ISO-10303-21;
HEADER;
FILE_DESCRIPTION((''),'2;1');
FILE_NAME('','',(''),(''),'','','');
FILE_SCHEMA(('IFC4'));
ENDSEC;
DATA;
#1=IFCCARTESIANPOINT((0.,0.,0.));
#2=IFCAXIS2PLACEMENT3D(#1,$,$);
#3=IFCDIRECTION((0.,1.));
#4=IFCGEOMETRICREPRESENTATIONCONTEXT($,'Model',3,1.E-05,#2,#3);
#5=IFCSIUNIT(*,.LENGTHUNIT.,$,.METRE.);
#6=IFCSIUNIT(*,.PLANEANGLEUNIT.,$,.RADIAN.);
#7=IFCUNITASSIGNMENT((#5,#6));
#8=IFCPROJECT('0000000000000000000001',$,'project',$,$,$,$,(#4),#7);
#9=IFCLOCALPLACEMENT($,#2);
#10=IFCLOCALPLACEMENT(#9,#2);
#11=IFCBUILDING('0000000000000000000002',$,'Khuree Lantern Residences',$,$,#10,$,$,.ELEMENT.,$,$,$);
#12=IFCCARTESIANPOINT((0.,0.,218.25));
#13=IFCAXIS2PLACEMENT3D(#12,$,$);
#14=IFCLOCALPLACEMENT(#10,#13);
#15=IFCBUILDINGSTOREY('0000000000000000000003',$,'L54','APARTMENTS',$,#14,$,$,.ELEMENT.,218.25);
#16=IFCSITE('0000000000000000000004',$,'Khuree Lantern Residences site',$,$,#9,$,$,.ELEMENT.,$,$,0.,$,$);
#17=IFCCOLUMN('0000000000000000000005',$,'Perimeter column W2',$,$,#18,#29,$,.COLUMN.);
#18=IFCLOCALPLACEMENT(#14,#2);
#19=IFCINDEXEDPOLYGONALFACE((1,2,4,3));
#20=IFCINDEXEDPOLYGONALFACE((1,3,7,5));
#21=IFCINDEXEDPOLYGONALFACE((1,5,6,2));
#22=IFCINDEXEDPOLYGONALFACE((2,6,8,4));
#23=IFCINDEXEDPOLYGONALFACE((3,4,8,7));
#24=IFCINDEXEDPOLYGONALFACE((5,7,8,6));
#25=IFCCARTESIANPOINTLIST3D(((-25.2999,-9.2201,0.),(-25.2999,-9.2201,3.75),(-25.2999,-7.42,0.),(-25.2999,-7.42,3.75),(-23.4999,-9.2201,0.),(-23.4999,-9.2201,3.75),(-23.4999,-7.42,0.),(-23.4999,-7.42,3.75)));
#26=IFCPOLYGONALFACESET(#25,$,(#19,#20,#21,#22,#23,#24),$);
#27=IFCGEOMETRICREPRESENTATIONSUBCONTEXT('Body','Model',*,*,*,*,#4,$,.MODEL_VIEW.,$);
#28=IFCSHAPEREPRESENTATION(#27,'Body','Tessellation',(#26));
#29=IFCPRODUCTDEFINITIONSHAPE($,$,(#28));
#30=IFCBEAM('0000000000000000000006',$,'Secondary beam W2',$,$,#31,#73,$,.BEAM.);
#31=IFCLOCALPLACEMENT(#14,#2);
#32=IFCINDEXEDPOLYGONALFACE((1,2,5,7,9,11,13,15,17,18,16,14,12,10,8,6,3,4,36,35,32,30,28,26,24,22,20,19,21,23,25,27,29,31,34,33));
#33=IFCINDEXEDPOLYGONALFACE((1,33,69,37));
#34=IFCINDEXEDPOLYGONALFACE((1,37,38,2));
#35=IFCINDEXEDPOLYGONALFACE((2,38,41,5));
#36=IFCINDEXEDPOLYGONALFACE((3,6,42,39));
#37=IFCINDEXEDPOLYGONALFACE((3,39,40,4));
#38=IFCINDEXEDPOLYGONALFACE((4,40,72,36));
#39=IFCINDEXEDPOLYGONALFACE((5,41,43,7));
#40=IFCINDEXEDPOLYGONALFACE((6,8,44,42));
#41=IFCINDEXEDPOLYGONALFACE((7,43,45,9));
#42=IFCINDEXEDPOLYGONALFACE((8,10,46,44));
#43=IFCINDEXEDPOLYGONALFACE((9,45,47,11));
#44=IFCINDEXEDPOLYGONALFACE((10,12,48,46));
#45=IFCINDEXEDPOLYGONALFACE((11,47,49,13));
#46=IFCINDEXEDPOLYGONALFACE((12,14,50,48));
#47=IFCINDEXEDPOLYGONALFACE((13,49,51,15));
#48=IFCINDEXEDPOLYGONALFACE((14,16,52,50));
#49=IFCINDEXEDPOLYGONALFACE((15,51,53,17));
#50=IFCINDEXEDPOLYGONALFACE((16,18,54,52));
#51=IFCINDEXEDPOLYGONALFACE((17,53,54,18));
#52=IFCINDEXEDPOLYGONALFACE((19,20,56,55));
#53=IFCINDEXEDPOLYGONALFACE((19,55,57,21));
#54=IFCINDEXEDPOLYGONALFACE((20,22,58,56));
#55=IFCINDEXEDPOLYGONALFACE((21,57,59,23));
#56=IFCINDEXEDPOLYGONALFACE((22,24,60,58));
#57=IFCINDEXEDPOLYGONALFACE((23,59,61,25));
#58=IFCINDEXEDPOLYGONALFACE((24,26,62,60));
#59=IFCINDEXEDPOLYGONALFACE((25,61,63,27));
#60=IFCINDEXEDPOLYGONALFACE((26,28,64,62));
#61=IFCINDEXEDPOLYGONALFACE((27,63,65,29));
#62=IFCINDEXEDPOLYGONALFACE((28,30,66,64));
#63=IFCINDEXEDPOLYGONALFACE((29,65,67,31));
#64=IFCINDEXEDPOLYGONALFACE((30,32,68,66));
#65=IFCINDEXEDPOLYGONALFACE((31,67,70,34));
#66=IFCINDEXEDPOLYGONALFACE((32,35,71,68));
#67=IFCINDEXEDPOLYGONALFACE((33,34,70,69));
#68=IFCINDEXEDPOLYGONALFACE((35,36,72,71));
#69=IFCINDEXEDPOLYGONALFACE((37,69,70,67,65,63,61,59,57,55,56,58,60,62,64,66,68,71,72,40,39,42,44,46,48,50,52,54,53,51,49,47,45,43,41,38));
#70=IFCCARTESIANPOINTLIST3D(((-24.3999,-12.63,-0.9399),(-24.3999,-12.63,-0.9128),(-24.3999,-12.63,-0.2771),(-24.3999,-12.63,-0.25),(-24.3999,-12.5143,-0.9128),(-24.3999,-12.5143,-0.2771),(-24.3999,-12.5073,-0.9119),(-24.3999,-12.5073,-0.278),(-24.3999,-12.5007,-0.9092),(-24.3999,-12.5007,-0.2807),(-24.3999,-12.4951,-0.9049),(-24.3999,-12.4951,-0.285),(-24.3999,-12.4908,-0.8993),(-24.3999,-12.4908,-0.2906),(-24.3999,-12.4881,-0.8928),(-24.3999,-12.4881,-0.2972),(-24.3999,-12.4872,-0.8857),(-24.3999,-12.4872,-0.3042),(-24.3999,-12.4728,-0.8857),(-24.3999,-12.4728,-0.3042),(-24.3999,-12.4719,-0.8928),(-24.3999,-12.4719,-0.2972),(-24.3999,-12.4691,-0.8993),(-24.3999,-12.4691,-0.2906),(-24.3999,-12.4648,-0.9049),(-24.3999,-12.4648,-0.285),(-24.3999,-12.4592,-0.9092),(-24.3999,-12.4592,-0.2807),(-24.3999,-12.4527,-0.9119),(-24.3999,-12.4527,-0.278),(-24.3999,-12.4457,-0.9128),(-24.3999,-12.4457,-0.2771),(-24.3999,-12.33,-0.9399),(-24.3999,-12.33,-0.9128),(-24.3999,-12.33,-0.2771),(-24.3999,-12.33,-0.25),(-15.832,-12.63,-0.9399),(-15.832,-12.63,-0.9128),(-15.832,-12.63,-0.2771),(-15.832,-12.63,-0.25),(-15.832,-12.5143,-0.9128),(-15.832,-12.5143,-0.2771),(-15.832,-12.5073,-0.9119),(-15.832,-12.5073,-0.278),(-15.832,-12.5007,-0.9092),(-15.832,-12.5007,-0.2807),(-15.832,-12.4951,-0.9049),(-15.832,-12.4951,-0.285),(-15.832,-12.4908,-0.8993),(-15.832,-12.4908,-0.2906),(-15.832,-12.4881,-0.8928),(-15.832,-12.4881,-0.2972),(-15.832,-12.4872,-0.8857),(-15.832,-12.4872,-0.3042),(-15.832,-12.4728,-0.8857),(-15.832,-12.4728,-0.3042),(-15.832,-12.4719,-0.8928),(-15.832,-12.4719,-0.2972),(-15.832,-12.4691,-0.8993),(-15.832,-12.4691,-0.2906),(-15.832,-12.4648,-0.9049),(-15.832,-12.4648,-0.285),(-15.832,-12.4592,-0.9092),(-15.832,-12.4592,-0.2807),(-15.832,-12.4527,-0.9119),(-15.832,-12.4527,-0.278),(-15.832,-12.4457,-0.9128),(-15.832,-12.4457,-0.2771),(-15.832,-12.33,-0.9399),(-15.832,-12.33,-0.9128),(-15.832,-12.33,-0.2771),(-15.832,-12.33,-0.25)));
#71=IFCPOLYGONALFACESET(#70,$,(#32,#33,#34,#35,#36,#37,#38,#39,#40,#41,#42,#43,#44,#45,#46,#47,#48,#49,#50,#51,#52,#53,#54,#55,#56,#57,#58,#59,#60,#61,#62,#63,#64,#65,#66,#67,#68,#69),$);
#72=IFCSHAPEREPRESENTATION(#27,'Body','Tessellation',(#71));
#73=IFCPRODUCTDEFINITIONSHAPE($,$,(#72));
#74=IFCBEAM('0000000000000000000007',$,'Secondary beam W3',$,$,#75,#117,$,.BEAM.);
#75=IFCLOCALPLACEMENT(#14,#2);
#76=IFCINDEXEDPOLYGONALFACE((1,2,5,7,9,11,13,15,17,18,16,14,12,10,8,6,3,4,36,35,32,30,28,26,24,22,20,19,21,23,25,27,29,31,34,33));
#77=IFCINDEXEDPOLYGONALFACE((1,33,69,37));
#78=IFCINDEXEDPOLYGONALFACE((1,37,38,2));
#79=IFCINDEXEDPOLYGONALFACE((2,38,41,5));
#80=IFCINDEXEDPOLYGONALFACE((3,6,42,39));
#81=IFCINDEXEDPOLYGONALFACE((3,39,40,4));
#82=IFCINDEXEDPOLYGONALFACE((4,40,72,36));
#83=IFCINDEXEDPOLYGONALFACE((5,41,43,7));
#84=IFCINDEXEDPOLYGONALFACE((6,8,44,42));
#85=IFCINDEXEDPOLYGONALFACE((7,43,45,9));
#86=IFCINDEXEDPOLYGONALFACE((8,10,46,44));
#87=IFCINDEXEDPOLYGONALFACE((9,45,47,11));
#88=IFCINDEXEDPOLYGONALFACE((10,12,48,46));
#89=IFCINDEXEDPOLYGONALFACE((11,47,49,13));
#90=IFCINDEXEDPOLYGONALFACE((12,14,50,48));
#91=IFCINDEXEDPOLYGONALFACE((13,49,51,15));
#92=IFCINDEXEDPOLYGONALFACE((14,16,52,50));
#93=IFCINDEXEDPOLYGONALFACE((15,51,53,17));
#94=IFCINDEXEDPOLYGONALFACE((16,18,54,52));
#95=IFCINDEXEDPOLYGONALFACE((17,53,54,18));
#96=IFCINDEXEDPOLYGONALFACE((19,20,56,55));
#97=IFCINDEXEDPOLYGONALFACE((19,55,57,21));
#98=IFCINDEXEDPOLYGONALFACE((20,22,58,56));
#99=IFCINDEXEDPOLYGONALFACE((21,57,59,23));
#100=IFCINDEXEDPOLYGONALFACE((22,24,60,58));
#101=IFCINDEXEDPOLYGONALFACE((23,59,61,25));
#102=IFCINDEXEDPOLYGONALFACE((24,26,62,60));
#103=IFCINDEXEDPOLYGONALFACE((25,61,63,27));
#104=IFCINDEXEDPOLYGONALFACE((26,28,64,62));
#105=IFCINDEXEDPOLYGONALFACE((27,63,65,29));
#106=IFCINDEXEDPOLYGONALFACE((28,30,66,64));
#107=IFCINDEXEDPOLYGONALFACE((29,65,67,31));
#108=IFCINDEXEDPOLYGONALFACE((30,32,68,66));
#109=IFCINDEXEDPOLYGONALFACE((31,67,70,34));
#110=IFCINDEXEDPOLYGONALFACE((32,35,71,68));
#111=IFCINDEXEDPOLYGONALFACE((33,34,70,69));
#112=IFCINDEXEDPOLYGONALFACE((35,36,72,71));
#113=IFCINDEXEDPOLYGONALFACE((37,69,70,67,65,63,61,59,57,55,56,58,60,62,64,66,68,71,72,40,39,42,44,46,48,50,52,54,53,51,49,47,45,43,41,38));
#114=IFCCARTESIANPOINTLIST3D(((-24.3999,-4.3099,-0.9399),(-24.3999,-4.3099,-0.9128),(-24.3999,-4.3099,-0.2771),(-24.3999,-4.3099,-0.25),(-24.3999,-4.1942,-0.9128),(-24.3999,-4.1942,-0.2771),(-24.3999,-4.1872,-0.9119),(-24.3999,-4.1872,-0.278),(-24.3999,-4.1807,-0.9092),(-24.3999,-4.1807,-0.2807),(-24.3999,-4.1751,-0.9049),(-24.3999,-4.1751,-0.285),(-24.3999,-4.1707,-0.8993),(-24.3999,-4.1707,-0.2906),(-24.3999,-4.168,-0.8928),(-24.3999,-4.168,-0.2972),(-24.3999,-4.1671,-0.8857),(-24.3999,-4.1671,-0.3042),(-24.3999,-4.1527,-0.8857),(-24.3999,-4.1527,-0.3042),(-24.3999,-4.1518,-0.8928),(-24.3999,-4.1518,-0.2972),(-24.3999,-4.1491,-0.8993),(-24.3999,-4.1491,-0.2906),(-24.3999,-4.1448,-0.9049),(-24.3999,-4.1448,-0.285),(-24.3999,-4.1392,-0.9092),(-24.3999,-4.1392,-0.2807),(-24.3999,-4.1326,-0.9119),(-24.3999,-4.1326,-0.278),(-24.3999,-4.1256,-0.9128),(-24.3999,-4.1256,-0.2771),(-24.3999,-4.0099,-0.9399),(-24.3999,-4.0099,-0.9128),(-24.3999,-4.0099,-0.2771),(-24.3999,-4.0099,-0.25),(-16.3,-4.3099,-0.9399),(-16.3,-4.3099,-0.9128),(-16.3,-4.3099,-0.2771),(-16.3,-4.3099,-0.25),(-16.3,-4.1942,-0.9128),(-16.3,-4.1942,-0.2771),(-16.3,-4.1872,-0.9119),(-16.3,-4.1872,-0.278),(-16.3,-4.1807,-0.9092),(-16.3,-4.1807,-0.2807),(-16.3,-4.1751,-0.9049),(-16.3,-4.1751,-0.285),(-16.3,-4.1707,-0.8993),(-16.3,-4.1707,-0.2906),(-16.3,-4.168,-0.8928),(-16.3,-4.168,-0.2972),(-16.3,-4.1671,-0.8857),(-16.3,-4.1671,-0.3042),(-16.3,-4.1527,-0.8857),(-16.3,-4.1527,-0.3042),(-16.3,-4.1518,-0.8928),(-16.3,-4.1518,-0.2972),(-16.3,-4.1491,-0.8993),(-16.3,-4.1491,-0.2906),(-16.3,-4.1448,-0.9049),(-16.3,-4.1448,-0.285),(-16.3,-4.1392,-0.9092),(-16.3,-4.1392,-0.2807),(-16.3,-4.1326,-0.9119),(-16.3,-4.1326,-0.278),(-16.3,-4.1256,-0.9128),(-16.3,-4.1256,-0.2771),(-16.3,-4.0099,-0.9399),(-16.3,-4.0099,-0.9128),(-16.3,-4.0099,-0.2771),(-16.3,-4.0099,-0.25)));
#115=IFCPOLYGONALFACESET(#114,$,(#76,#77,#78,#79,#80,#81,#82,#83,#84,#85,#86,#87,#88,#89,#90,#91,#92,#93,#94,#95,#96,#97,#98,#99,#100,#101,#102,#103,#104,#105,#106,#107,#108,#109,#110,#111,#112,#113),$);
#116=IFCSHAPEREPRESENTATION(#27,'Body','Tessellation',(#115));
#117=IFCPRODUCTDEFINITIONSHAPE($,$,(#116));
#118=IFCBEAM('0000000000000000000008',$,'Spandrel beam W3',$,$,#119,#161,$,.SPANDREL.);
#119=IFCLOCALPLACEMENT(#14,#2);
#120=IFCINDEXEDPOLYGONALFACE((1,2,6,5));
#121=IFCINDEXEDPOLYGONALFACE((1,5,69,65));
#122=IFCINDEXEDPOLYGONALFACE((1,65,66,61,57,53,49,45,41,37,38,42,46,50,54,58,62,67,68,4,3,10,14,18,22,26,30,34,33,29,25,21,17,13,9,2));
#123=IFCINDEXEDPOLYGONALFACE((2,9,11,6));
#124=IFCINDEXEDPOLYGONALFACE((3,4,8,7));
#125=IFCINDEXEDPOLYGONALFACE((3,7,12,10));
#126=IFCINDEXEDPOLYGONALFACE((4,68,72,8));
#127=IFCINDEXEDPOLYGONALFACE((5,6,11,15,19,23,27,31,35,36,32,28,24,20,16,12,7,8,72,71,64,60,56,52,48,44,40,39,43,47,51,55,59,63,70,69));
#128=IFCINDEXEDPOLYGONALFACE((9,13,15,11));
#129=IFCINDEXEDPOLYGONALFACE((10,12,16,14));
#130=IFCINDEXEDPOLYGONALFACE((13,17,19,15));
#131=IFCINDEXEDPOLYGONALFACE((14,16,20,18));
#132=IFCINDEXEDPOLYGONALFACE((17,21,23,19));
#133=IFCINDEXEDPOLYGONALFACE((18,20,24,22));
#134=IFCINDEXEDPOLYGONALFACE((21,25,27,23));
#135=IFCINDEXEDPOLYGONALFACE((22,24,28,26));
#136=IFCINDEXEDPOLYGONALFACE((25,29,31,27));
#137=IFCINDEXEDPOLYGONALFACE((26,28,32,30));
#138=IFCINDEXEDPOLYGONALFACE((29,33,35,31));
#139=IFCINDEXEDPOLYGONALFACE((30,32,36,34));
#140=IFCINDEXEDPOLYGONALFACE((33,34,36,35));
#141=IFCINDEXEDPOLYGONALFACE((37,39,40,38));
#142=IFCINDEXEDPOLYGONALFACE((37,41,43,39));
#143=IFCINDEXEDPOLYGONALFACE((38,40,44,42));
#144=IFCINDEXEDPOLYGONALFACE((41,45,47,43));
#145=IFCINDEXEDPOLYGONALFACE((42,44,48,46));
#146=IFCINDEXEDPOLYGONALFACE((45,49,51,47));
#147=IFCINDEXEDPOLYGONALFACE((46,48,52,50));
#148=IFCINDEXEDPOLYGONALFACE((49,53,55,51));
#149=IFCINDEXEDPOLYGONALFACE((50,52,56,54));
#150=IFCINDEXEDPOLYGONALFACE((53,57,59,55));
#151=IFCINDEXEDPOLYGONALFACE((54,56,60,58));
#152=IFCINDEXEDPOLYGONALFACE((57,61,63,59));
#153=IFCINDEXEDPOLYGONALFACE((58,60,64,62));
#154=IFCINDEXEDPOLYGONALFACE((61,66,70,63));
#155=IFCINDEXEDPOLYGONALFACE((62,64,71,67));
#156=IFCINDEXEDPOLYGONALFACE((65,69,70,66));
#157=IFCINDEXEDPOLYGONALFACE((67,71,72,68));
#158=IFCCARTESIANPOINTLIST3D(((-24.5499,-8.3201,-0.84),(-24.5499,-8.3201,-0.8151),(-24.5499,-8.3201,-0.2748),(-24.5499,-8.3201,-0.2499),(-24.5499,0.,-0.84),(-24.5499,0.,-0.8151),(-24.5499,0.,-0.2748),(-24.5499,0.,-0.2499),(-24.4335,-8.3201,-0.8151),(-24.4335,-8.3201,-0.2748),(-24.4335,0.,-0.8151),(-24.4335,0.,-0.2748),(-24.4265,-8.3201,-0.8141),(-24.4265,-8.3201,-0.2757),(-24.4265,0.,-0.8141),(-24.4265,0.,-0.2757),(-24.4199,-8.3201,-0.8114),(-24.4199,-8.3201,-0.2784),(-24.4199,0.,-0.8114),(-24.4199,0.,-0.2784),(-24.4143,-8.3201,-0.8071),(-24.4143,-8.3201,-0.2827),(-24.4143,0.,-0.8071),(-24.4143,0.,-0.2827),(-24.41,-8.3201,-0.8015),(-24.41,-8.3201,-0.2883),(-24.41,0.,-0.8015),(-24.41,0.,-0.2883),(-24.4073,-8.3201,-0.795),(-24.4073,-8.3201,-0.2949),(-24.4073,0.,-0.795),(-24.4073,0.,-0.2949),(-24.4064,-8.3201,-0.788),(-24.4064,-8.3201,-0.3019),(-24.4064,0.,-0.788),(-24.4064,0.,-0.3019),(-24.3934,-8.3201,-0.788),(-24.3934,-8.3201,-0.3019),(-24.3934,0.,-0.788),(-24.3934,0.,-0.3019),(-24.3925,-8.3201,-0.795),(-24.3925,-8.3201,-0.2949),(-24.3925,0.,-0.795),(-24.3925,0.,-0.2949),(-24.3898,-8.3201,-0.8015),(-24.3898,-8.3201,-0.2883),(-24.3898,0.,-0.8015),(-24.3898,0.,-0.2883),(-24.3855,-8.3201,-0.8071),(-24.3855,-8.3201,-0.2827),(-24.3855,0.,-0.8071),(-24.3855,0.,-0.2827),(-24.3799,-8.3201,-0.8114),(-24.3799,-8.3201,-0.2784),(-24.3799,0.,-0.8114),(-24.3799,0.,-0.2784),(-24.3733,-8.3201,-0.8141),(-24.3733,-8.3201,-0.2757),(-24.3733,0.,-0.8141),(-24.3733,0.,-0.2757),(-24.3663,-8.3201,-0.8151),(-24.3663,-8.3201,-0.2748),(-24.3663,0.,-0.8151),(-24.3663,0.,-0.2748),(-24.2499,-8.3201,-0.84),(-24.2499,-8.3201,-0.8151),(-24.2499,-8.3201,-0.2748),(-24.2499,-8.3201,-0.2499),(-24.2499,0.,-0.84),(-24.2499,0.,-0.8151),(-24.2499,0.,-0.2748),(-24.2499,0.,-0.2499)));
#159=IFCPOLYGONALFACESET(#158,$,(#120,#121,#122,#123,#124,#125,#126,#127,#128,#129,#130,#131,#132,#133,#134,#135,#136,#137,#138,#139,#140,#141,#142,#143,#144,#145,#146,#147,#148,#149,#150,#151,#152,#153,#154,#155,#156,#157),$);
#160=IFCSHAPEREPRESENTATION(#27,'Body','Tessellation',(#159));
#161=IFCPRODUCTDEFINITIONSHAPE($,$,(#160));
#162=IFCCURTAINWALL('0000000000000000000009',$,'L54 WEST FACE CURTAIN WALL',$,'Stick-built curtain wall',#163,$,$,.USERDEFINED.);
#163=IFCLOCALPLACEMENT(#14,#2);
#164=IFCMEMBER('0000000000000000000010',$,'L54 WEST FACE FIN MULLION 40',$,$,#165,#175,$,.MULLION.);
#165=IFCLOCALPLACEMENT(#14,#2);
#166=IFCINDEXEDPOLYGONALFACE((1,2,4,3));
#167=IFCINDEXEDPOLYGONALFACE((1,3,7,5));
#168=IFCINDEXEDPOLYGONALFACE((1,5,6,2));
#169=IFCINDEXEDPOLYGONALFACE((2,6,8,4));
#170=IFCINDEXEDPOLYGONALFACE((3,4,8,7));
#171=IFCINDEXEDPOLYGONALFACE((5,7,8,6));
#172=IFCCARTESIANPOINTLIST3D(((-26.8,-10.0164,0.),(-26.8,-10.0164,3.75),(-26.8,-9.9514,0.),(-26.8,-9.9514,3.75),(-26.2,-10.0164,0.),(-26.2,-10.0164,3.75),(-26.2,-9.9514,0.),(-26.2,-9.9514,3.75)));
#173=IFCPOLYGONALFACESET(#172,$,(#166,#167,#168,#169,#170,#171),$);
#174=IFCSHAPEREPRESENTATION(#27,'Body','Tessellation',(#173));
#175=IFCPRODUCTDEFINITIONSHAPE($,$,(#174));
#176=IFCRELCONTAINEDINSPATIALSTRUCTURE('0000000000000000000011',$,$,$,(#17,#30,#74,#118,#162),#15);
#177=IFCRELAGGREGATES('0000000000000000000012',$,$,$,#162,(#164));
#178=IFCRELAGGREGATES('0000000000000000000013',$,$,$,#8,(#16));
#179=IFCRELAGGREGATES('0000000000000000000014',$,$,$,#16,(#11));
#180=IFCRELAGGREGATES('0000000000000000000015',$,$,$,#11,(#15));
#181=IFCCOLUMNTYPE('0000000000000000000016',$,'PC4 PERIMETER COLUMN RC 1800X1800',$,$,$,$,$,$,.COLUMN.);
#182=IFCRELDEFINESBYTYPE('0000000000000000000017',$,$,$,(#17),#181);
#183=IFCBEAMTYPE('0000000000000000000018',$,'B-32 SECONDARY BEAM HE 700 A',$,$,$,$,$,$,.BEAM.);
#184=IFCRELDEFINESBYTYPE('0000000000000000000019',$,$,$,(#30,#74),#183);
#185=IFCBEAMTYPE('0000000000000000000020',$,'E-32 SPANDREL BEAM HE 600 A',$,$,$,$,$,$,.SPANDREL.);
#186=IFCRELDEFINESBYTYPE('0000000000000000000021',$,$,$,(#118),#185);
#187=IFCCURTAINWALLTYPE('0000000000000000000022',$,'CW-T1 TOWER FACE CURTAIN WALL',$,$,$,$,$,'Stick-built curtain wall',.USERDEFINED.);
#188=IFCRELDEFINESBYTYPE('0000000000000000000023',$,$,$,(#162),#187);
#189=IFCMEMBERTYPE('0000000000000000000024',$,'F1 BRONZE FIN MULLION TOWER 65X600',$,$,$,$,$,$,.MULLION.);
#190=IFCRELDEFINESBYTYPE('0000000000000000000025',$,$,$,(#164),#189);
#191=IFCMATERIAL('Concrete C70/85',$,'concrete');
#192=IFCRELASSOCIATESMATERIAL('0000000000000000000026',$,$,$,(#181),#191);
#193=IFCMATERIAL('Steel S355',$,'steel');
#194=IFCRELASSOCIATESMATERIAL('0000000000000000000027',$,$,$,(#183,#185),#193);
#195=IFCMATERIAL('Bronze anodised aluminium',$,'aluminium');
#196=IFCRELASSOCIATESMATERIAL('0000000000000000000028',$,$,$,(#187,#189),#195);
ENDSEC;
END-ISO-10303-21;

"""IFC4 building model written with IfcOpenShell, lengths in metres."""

from ifc_helpers import new_model, si_unit, direction, frame, origin, origin_2d, place, context, subcontext, project, spatial, rectangle, i_section, extrude, material, material_profile, profile_set, type_object, element, aggregate, save


model = new_model("IFC4")

# Units and contexts
model_context = context("Model", 3, precision=1e-05, world=origin(), true_north=direction((0.0, 1.0)))
body_context = subcontext(model_context, "Body", "Model", "MODEL_VIEW")
ifc_project = project(units=[si_unit("LENGTHUNIT", "METRE"), si_unit("PLANEANGLEUNIT", "RADIAN")], contexts=[model_context])

# Site, building, storey
site_placement = place(None, origin())
site = spatial("IfcSite", under=ifc_project, at=site_placement, Name="Khuree Lantern Residences site", CompositionType="ELEMENT", RefElevation=0.0)
building_placement = place(site_placement, origin())
building = spatial("IfcBuilding", under=site, at=building_placement, Name="Khuree Lantern Residences", CompositionType="ELEMENT")
storey_placement = place(building_placement, frame((0.0, 0.0, 218.25)))
storey = spatial("IfcBuildingStorey", under=building, at=storey_placement, Name="L54", Description="APARTMENTS", CompositionType="ELEMENT", Elevation=218.25)

# Column
ifc_material_1 = material(Name="Concrete C70/85", Category="concrete")
ifc_material_profile_1 = material_profile(ifc_material_1, rectangle(XDim=1.8, YDim=1.8, at=origin_2d()), Name="RC 1800X1800")
ifc_profile_set_1 = profile_set([ifc_material_profile_1], Name="Concrete C70/85")
column_type = type_object("IfcColumnType", Name="PC4 PERIMETER COLUMN RC 1800X1800", PredefinedType="COLUMN", material=ifc_profile_set_1)
column_placement = place(storey_placement, frame((-24.3999, -8.3201, 0.0), z_axis=(0.0, 0.0, 1.0), x_axis=(0.0, 1.0, 0.0)))
element("IfcColumn", 1, at=column_placement, inside=storey, type_object=column_type, Name="Perimeter column W2", PredefinedType="COLUMN", context=body_context, shape_type="SweptSolid", body=[
    extrude(rectangle(XDim=1.8, YDim=1.8, at=origin_2d()), origin(), (0.0, 0.0, 1.0), 3.75),
])

# Beams
ifc_material_2 = material(Name="Steel S355", Category="steel")
ifc_material_profile_2 = material_profile(ifc_material_2, i_section(OverallWidth=0.3, OverallDepth=0.6899, WebThickness=0.0144, FlangeThickness=0.0271, FilletRadius=0.0271, at=origin_2d()), Name="HE 700 A")
ifc_profile_set_2 = profile_set([ifc_material_profile_2], Name="Steel S355")
beam_type_1 = type_object("IfcBeamType", Name="B-32 SECONDARY BEAM HE 700 A", PredefinedType="BEAM", material=ifc_profile_set_2)
beam_1_placement = place(storey_placement, frame((-24.3999, -12.48, -0.595), z_axis=(1.0, 0.0, 0.0), x_axis=(0.0, 1.0, 0.0)))
element("IfcBeam", 2, at=beam_1_placement, inside=storey, type_object=beam_type_1, Name="Secondary beam W2", PredefinedType="BEAM", context=body_context, shape_type="SweptSolid", body=[
    extrude(i_section(OverallWidth=0.3, OverallDepth=0.6899, WebThickness=0.0144, FlangeThickness=0.0271, FilletRadius=0.0271, at=origin_2d()), origin(), (0.0, 0.0, 1.0), 8.5679),
])
beam_2_placement = place(storey_placement, frame((-24.3999, -4.1599, -0.595), z_axis=(1.0, 0.0, 0.0), x_axis=(0.0, 1.0, 0.0)))
element("IfcBeam", 3, at=beam_2_placement, inside=storey, type_object=beam_type_1, Name="Secondary beam W3", PredefinedType="BEAM", context=body_context, shape_type="SweptSolid", body=[
    extrude(i_section(OverallWidth=0.3, OverallDepth=0.6899, WebThickness=0.0144, FlangeThickness=0.0271, FilletRadius=0.0271, at=origin_2d()), origin(), (0.0, 0.0, 1.0), 8.0999),
])
ifc_material_profile_3 = material_profile(ifc_material_2, i_section(OverallWidth=0.3, OverallDepth=0.5901, WebThickness=0.0129, FlangeThickness=0.0249, FilletRadius=0.0271, at=origin_2d()), Name="HE 600 A")
ifc_profile_set_3 = profile_set([ifc_material_profile_3], Name="Steel S355")
beam_type_2 = type_object("IfcBeamType", Name="E-32 SPANDREL BEAM HE 600 A", PredefinedType="SPANDREL", material=ifc_profile_set_3)
beam_3_placement = place(storey_placement, frame((-24.3999, -8.3201, -0.5449), z_axis=(0.0, 1.0, 0.0), x_axis=(-1.0, 0.0, 0.0)))
element("IfcBeam", 4, at=beam_3_placement, inside=storey, type_object=beam_type_2, Name="Spandrel beam W3", PredefinedType="SPANDREL", context=body_context, shape_type="SweptSolid", body=[
    extrude(i_section(OverallWidth=0.3, OverallDepth=0.5901, WebThickness=0.0129, FlangeThickness=0.0249, FilletRadius=0.0271, at=origin_2d()), origin(), (0.0, 0.0, 1.0), 8.3201),
])

# Curtain wall, member
ifc_material_3 = material(Name="Bronze anodised aluminium", Category="aluminium")
curtain_wall_type = type_object("IfcCurtainWallType", Name="CW-T1 TOWER FACE CURTAIN WALL", ElementType="Stick-built curtain wall", PredefinedType="USERDEFINED", material=ifc_material_3)
curtain_wall_placement = place(storey_placement, origin())
curtain_wall = element("IfcCurtainWall", 5, at=curtain_wall_placement, inside=storey, type_object=curtain_wall_type, Name="L54 WEST FACE CURTAIN WALL", ObjectType="Stick-built curtain wall", PredefinedType="USERDEFINED")
ifc_material_profile_4 = material_profile(ifc_material_3, rectangle(XDim=0.0649, YDim=0.6001, at=origin_2d()), Name="F1 65X600")
ifc_profile_set_4 = profile_set([ifc_material_profile_4], Name="Bronze anodised aluminium")
member_type_1 = type_object("IfcMemberType", Name="F1 BRONZE FIN MULLION TOWER 65X600", PredefinedType="MULLION", material=ifc_profile_set_4)
member_1_placement = place(storey_placement, frame((-26.5, -9.9839, 0.0), z_axis=(0.0, 0.0, 1.0), x_axis=(0.0, -1.0, 0.0)))
member_1 = element("IfcMember", 6, at=member_1_placement, type_object=member_type_1, Name="L54 WEST FACE FIN MULLION 40", PredefinedType="MULLION", context=body_context, shape_type="SweptSolid", body=[
    extrude(rectangle(XDim=0.0649, YDim=0.6001, at=origin_2d()), origin(), (0.0, 0.0, 1.0), 3.75),
])

aggregate(curtain_wall, [member_1])

save(model, "model.ifc")
